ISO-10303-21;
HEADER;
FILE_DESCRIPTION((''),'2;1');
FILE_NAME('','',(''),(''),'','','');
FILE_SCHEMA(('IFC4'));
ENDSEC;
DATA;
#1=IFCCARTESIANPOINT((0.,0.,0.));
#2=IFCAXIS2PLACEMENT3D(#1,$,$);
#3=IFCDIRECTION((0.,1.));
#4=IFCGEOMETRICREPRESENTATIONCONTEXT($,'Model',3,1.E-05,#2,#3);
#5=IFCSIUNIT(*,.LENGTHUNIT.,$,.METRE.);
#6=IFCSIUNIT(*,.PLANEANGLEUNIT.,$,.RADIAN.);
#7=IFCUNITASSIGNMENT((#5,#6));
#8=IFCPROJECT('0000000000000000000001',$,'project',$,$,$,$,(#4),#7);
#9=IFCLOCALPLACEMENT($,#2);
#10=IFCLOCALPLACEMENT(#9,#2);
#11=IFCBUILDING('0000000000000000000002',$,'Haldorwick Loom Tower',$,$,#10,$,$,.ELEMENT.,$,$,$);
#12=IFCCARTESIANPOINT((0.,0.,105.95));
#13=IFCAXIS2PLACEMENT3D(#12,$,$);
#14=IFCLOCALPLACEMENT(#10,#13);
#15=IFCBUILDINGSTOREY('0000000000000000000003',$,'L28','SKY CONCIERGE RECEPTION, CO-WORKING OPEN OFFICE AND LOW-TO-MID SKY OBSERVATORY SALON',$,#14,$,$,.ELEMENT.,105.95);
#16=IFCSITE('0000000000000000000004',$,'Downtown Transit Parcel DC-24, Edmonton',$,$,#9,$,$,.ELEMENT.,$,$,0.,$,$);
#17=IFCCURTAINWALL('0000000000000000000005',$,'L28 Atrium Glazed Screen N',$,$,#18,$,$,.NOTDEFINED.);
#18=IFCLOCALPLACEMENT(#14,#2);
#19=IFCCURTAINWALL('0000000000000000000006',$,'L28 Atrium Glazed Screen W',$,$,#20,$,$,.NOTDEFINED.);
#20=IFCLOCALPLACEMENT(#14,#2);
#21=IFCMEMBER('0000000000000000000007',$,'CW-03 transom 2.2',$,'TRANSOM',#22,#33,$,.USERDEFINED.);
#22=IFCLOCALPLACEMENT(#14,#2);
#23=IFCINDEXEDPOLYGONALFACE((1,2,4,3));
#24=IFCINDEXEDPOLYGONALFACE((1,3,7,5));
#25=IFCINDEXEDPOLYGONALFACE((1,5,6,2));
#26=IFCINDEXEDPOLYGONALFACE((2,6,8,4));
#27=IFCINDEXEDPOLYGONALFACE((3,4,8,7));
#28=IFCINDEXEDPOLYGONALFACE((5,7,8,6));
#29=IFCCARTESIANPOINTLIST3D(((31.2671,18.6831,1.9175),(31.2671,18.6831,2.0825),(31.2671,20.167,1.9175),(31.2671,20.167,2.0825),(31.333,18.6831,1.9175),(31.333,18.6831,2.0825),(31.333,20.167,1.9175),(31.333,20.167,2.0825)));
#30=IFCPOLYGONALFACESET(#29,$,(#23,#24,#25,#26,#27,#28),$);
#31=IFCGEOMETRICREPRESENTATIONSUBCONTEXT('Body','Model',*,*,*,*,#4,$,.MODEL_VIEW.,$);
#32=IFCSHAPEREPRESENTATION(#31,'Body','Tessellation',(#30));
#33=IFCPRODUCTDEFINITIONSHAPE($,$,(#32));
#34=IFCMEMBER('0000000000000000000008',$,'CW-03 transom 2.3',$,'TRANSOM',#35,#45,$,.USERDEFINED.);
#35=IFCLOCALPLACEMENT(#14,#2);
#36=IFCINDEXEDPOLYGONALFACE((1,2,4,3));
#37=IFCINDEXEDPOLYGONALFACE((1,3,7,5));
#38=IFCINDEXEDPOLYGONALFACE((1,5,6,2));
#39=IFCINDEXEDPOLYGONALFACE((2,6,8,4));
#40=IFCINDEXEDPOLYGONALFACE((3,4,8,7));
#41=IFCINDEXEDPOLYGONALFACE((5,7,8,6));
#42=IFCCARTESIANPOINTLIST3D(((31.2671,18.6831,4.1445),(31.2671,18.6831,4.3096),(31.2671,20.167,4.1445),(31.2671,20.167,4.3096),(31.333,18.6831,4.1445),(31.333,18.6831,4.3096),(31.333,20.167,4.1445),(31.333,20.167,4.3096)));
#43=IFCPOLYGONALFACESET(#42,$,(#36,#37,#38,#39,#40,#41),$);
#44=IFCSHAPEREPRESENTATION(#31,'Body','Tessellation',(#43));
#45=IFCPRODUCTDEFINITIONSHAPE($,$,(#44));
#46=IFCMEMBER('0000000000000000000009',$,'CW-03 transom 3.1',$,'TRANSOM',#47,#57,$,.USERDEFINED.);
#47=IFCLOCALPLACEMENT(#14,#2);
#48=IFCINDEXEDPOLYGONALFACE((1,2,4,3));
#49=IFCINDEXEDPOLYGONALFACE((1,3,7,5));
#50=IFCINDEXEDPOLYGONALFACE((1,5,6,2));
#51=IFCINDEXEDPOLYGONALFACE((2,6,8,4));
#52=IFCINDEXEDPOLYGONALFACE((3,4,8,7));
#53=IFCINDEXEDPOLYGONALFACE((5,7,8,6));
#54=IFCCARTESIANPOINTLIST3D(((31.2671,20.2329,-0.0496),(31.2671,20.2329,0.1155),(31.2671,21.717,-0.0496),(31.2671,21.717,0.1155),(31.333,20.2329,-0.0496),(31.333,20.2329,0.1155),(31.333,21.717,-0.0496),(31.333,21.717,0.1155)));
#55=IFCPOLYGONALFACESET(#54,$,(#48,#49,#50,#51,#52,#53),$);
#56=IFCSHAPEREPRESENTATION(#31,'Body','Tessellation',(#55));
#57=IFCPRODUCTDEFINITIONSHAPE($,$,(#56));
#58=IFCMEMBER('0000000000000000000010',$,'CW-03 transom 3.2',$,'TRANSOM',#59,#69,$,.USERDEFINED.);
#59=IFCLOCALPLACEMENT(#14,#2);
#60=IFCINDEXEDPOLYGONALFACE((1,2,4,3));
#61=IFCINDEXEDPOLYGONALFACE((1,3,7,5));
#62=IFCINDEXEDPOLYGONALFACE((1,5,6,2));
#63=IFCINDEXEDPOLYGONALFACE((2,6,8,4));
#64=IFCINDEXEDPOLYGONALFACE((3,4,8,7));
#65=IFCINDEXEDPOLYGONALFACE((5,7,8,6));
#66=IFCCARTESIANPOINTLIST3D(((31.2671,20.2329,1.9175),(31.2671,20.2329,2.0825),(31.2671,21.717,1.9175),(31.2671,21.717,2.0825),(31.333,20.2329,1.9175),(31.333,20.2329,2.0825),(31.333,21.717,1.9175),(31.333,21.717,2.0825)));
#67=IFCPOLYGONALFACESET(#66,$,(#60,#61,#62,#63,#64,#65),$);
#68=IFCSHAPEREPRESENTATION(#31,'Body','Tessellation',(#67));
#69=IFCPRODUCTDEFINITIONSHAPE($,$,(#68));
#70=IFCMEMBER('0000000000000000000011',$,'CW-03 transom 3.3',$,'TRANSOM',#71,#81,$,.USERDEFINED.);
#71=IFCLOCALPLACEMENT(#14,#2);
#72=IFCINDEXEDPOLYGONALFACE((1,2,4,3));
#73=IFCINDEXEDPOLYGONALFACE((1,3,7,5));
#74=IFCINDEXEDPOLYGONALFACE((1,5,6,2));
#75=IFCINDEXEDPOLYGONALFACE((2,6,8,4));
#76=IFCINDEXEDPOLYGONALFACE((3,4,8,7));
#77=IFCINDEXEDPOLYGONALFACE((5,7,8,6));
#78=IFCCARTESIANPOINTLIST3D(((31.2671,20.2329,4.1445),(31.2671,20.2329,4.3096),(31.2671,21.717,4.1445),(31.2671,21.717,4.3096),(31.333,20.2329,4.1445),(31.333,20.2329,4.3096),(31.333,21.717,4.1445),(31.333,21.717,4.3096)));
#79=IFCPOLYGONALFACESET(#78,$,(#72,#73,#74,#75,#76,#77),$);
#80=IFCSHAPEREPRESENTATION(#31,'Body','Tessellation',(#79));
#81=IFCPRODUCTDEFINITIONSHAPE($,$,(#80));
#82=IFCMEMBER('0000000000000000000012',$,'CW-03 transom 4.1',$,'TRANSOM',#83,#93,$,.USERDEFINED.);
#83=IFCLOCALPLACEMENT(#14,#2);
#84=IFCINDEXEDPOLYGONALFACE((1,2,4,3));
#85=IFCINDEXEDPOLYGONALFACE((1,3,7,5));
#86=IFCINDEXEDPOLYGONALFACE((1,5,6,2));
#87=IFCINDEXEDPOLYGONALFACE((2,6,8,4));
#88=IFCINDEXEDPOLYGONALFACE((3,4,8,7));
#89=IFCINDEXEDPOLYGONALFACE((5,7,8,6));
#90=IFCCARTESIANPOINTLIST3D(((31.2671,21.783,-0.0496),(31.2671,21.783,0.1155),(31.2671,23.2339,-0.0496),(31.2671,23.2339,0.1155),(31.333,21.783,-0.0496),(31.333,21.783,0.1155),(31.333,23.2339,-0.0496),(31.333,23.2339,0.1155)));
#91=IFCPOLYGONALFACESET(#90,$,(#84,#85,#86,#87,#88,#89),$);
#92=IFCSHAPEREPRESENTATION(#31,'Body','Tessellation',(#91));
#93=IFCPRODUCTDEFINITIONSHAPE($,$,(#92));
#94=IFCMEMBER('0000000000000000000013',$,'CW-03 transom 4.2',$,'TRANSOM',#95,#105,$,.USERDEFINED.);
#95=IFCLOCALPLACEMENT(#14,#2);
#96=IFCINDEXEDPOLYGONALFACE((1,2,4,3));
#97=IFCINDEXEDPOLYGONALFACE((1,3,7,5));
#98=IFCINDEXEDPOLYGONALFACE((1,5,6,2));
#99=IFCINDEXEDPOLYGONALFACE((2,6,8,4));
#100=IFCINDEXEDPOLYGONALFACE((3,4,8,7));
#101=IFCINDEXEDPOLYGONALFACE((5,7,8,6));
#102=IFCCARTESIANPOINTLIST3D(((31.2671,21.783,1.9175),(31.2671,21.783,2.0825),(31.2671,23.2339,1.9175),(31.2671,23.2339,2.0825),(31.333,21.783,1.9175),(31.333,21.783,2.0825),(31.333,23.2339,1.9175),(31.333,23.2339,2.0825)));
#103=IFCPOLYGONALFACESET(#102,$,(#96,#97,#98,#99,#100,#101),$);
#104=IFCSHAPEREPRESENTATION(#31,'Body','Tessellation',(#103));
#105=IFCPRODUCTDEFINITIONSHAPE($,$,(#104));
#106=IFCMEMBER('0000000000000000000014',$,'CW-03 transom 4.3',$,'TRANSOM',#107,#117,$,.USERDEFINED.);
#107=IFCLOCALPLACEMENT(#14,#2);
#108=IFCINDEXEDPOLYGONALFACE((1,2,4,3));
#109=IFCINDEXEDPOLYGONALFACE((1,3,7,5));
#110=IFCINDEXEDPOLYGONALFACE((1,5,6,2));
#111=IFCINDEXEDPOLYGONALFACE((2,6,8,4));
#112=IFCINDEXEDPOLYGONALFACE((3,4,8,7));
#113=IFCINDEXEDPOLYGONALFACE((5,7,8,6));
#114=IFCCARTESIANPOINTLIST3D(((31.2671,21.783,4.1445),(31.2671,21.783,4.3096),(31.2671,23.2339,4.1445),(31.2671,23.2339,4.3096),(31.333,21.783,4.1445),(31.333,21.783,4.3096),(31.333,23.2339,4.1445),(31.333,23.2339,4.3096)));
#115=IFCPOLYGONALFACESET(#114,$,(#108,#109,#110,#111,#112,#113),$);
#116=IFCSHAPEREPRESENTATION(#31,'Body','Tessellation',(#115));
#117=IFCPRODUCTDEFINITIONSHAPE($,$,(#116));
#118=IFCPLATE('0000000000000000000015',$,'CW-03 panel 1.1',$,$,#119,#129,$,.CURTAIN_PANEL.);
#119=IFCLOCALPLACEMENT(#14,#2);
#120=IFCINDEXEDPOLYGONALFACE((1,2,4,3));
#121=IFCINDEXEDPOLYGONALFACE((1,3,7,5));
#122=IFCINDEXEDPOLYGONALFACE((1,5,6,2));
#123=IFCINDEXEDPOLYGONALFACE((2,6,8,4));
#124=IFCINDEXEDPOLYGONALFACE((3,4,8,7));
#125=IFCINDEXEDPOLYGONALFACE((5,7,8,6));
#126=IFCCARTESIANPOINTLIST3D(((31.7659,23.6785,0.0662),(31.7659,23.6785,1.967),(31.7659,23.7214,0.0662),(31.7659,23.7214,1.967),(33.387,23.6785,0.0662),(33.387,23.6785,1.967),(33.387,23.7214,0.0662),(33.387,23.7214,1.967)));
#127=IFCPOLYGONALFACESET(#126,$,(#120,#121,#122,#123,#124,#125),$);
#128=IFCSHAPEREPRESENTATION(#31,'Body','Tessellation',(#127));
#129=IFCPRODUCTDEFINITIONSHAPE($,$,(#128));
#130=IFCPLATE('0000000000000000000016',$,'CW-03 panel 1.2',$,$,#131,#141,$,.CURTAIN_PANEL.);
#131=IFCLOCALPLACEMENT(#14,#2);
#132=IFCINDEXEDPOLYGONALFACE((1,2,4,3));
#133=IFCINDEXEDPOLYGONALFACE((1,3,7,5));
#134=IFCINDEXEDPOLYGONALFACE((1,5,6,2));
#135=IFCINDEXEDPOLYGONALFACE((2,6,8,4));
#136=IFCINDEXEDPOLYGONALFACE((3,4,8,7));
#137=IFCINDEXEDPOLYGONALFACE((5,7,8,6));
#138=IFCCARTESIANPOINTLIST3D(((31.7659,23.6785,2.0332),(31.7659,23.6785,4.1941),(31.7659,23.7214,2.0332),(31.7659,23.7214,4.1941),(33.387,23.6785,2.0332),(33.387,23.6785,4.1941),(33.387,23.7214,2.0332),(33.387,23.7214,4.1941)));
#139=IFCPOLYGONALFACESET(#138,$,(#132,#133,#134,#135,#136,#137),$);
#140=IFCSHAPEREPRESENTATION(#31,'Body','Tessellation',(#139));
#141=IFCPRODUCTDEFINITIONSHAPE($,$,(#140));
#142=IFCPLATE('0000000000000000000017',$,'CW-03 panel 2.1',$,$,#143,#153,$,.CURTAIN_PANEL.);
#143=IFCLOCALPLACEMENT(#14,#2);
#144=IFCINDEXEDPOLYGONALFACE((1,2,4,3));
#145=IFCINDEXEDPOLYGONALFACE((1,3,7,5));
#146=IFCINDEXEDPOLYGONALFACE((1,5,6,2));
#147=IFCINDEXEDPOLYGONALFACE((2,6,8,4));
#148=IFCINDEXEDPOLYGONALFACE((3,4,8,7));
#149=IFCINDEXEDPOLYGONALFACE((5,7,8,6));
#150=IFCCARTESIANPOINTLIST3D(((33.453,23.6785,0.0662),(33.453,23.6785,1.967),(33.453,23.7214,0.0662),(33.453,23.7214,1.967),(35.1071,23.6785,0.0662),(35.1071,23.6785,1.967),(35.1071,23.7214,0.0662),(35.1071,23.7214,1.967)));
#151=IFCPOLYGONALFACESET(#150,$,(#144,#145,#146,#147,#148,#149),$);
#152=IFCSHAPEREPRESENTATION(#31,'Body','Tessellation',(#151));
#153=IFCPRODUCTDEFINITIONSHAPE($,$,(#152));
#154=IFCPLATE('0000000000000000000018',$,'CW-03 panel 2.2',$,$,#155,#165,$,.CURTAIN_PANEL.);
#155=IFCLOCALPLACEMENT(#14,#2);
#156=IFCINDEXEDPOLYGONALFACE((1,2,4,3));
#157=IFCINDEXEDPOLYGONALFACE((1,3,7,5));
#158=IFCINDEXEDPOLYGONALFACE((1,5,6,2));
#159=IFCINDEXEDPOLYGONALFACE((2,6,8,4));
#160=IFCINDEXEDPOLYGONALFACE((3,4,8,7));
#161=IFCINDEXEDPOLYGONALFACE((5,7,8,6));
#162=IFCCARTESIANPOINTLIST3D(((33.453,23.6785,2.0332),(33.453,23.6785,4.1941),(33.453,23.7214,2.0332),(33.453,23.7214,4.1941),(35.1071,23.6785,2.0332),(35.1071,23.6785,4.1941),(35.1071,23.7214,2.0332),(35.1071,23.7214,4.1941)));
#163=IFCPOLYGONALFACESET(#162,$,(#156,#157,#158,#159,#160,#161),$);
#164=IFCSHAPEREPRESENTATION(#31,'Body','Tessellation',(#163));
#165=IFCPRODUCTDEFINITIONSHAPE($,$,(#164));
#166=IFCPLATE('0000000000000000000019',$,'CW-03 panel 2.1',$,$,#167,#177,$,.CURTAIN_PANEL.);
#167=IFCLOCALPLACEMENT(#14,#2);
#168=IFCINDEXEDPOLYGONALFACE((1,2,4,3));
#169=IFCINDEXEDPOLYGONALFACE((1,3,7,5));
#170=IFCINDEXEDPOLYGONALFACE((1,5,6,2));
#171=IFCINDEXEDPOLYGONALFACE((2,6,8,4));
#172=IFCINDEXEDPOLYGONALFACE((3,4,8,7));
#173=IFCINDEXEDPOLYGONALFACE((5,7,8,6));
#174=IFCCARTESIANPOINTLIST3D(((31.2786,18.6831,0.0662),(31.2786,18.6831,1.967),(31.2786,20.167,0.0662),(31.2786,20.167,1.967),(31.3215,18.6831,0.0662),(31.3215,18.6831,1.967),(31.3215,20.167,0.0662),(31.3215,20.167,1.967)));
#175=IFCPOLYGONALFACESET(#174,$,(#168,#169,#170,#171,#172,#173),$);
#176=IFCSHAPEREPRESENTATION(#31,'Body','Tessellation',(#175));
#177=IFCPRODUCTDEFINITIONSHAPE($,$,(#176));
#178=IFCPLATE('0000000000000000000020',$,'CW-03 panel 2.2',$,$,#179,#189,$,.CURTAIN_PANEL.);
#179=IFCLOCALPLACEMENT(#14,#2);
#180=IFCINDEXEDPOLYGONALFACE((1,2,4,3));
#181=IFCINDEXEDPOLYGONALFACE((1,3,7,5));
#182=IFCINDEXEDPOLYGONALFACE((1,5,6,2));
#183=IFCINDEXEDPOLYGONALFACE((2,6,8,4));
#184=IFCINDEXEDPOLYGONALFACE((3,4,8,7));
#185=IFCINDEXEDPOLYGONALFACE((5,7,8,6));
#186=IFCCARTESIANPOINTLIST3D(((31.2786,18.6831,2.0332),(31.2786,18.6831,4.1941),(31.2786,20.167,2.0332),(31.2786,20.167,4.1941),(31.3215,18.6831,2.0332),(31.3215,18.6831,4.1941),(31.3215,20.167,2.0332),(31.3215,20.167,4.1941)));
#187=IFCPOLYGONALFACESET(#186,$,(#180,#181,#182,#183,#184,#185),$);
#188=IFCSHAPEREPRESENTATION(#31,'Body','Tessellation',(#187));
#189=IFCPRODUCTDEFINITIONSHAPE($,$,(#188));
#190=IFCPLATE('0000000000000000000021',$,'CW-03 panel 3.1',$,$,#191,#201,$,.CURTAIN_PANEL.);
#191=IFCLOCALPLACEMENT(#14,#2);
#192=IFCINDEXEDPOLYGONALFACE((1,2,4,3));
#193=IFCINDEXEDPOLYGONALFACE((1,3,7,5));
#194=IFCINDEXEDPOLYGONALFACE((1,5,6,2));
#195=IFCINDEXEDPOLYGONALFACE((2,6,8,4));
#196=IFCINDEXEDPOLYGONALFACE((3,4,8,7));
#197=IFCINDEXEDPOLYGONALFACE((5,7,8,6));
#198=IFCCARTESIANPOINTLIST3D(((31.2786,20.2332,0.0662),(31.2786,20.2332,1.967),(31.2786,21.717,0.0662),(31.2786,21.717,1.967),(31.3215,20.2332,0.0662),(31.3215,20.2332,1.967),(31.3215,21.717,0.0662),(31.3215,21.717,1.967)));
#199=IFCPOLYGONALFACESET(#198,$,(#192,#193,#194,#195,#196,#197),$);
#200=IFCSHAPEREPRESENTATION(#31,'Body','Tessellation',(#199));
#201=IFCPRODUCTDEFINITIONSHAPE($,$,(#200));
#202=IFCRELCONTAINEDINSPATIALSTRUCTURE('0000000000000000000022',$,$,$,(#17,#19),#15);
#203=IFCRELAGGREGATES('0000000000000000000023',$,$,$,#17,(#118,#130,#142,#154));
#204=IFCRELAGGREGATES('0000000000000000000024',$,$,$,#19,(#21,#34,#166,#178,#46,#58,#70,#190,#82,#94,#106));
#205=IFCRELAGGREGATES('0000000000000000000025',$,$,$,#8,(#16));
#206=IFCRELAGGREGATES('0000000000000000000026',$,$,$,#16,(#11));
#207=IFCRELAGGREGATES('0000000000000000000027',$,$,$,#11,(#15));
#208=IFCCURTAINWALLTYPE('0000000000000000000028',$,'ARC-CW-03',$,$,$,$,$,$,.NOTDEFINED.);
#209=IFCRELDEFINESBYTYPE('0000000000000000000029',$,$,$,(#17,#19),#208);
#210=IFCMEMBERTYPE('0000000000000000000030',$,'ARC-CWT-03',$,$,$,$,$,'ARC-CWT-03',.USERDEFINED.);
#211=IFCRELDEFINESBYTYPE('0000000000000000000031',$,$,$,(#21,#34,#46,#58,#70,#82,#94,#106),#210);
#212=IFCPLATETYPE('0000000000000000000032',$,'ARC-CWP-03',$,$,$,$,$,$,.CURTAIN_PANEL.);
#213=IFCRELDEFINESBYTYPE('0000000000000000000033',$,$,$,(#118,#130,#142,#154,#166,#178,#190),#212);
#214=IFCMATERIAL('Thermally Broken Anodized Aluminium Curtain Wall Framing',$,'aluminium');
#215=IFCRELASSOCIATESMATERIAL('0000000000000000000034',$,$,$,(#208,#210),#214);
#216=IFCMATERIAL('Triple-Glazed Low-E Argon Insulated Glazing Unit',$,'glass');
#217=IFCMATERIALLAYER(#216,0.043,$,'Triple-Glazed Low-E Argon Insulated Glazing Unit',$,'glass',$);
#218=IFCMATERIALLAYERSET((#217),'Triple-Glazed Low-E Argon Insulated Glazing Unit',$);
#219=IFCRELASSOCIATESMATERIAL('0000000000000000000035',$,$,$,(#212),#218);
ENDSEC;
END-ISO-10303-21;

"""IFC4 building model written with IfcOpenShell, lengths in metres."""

from ifc_helpers import new_model, si_unit, direction, frame, origin, origin_2d, place, context, subcontext, project, spatial, rectangle, extrude, material, layer, layer_set, material_profile, profile_set, type_object, element, aggregate, save


model = new_model("IFC4")

# Units and contexts
model_context = context("Model", 3, precision=1e-05, world=origin(), true_north=direction((0.0, 1.0)))
body_context = subcontext(model_context, "Body", "Model", "MODEL_VIEW")
ifc_project = project(units=[si_unit("LENGTHUNIT", "METRE"), si_unit("PLANEANGLEUNIT", "RADIAN")], contexts=[model_context])

# Site, building, storey
site_placement = place(None, origin())
site = spatial("IfcSite", under=ifc_project, at=site_placement, Name="Downtown Transit Parcel DC-24, Edmonton", CompositionType="ELEMENT", RefElevation=0.0)
building_placement = place(site_placement, origin())
building = spatial("IfcBuilding", under=site, at=building_placement, Name="Haldorwick Loom Tower", CompositionType="ELEMENT")
storey_placement = place(building_placement, frame((0.0, 0.0, 105.95)))
storey = spatial("IfcBuildingStorey", under=building, at=storey_placement, Name="L28", Description="SKY CONCIERGE RECEPTION, CO-WORKING OPEN OFFICE AND LOW-TO-MID SKY OBSERVATORY SALON", CompositionType="ELEMENT", Elevation=105.95)

# Shared definitions
ifc_material_1 = material(Name="Thermally Broken Anodized Aluminium Curtain Wall Framing", Category="aluminium")
curtain_wall_type = type_object("IfcCurtainWallType", Name="ARC-CW-03", PredefinedType="NOTDEFINED", material=ifc_material_1)

# Curtain walls
curtain_wall_1_placement = place(storey_placement, origin())
curtain_wall_1 = element("IfcCurtainWall", 1, at=curtain_wall_1_placement, inside=storey, type_object=curtain_wall_type, Name="L28 Atrium Glazed Screen N", PredefinedType="NOTDEFINED")
curtain_wall_2_placement = place(storey_placement, origin())
curtain_wall_2 = element("IfcCurtainWall", 2, at=curtain_wall_2_placement, inside=storey, type_object=curtain_wall_type, Name="L28 Atrium Glazed Screen W", PredefinedType="NOTDEFINED")

# Members
ifc_material_profile_1 = material_profile(ifc_material_1, rectangle(XDim=0.0659, YDim=0.165, at=origin_2d()), Name="ALU_TRN_66X165", Category="aluminium")
ifc_profile_set_1 = profile_set([ifc_material_profile_1], Name="Thermally Broken Anodized Aluminium Curtain Wall Framing")
member_type_1 = type_object("IfcMemberType", Name="ARC-CWT-03", ElementType="ARC-CWT-03", PredefinedType="USERDEFINED", material=ifc_profile_set_1)
member_1_placement = place(storey_placement, frame((31.3, 18.6831, 2.0), z_axis=(0.0, 1.0, 0.0), x_axis=(-1.0, 0.0, 0.0)))
member_1 = element("IfcMember", 3, at=member_1_placement, type_object=member_type_1, Name="CW-03 transom 2.2", ObjectType="TRANSOM", PredefinedType="USERDEFINED", context=body_context, shape_type="SweptSolid", body=[
    extrude(rectangle(XDim=0.0659, YDim=0.165, at=origin_2d()), origin(), (0.0, 0.0, 1.0), 1.4839),
])
member_2_placement = place(storey_placement, frame((31.3, 18.6831, 4.2271), z_axis=(0.0, 1.0, 0.0), x_axis=(-1.0, 0.0, 0.0)))
member_2 = element("IfcMember", 4, at=member_2_placement, type_object=member_type_1, Name="CW-03 transom 2.3", ObjectType="TRANSOM", PredefinedType="USERDEFINED", context=body_context, shape_type="SweptSolid", body=[
    extrude(rectangle(XDim=0.0659, YDim=0.165, at=origin_2d()), origin(), (0.0, 0.0, 1.0), 1.4839),
])
member_3_placement = place(storey_placement, frame((31.3, 20.2329, 0.033), z_axis=(0.0, 1.0, 0.0), x_axis=(-1.0, 0.0, 0.0)))
member_3 = element("IfcMember", 5, at=member_3_placement, type_object=member_type_1, Name="CW-03 transom 3.1", ObjectType="TRANSOM", PredefinedType="USERDEFINED", context=body_context, shape_type="SweptSolid", body=[
    extrude(rectangle(XDim=0.0659, YDim=0.165, at=origin_2d()), origin(), (0.0, 0.0, 1.0), 1.4841),
])
member_4_placement = place(storey_placement, frame((31.3, 20.2329, 2.0), z_axis=(0.0, 1.0, 0.0), x_axis=(-1.0, 0.0, 0.0)))
member_4 = element("IfcMember", 6, at=member_4_placement, type_object=member_type_1, Name="CW-03 transom 3.2", ObjectType="TRANSOM", PredefinedType="USERDEFINED", context=body_context, shape_type="SweptSolid", body=[
    extrude(rectangle(XDim=0.0659, YDim=0.165, at=origin_2d()), origin(), (0.0, 0.0, 1.0), 1.4841),
])
member_5_placement = place(storey_placement, frame((31.3, 20.2329, 4.2271), z_axis=(0.0, 1.0, 0.0), x_axis=(-1.0, 0.0, 0.0)))
member_5 = element("IfcMember", 7, at=member_5_placement, type_object=member_type_1, Name="CW-03 transom 3.3", ObjectType="TRANSOM", PredefinedType="USERDEFINED", context=body_context, shape_type="SweptSolid", body=[
    extrude(rectangle(XDim=0.0659, YDim=0.165, at=origin_2d()), origin(), (0.0, 0.0, 1.0), 1.4841),
])
member_6_placement = place(storey_placement, frame((31.3, 21.783, 0.033), z_axis=(0.0, 1.0, 0.0), x_axis=(-1.0, 0.0, 0.0)))
member_6 = element("IfcMember", 8, at=member_6_placement, type_object=member_type_1, Name="CW-03 transom 4.1", ObjectType="TRANSOM", PredefinedType="USERDEFINED", context=body_context, shape_type="SweptSolid", body=[
    extrude(rectangle(XDim=0.0659, YDim=0.165, at=origin_2d()), origin(), (0.0, 0.0, 1.0), 1.4509),
])
member_7_placement = place(storey_placement, frame((31.3, 21.783, 2.0), z_axis=(0.0, 1.0, 0.0), x_axis=(-1.0, 0.0, 0.0)))
member_7 = element("IfcMember", 9, at=member_7_placement, type_object=member_type_1, Name="CW-03 transom 4.2", ObjectType="TRANSOM", PredefinedType="USERDEFINED", context=body_context, shape_type="SweptSolid", body=[
    extrude(rectangle(XDim=0.0659, YDim=0.165, at=origin_2d()), origin(), (0.0, 0.0, 1.0), 1.4509),
])
member_8_placement = place(storey_placement, frame((31.3, 21.783, 4.2271), z_axis=(0.0, 1.0, 0.0), x_axis=(-1.0, 0.0, 0.0)))
member_8 = element("IfcMember", 10, at=member_8_placement, type_object=member_type_1, Name="CW-03 transom 4.3", ObjectType="TRANSOM", PredefinedType="USERDEFINED", context=body_context, shape_type="SweptSolid", body=[
    extrude(rectangle(XDim=0.0659, YDim=0.165, at=origin_2d()), origin(), (0.0, 0.0, 1.0), 1.4509),
])

# Plates
ifc_material_2 = material(Name="Triple-Glazed Low-E Argon Insulated Glazing Unit", Category="glass")
ifc_layer_1 = layer(ifc_material_2, 0.043, Name="Triple-Glazed Low-E Argon Insulated Glazing Unit", Category="glass")
ifc_layer_set_1 = layer_set([ifc_layer_1], Name="Triple-Glazed Low-E Argon Insulated Glazing Unit")
plate_type = type_object("IfcPlateType", Name="ARC-CWP-03", PredefinedType="CURTAIN_PANEL", material=ifc_layer_set_1)
plate_1_placement = place(storey_placement, frame((32.5764, 23.7, 0.0662), z_axis=(0.0, 0.0, 1.0), x_axis=(1.0, 0.0, 0.0)))
plate_1 = element("IfcPlate", 11, at=plate_1_placement, type_object=plate_type, Name="CW-03 panel 1.1", PredefinedType="CURTAIN_PANEL", context=body_context, shape_type="SweptSolid", body=[
    extrude(rectangle(XDim=1.6211, YDim=0.043, at=origin_2d()), origin(), (0.0, 0.0, 1.0), 1.9009),
])
plate_2_placement = place(storey_placement, frame((32.5764, 23.7, 2.0332), z_axis=(0.0, 0.0, 1.0), x_axis=(1.0, 0.0, 0.0)))
plate_2 = element("IfcPlate", 12, at=plate_2_placement, type_object=plate_type, Name="CW-03 panel 1.2", PredefinedType="CURTAIN_PANEL", context=body_context, shape_type="SweptSolid", body=[
    extrude(rectangle(XDim=1.6211, YDim=0.043, at=origin_2d()), origin(), (0.0, 0.0, 1.0), 2.1609),
])
plate_3_placement = place(storey_placement, frame((34.28, 23.7, 0.0662), z_axis=(0.0, 0.0, 1.0), x_axis=(1.0, 0.0, 0.0)))
plate_3 = element("IfcPlate", 13, at=plate_3_placement, type_object=plate_type, Name="CW-03 panel 2.1", PredefinedType="CURTAIN_PANEL", context=body_context, shape_type="SweptSolid", body=[
    extrude(rectangle(XDim=1.6541, YDim=0.043, at=origin_2d()), origin(), (0.0, 0.0, 1.0), 1.9009),
])
plate_4_placement = place(storey_placement, frame((34.28, 23.7, 2.0332), z_axis=(0.0, 0.0, 1.0), x_axis=(1.0, 0.0, 0.0)))
plate_4 = element("IfcPlate", 14, at=plate_4_placement, type_object=plate_type, Name="CW-03 panel 2.2", PredefinedType="CURTAIN_PANEL", context=body_context, shape_type="SweptSolid", body=[
    extrude(rectangle(XDim=1.6541, YDim=0.043, at=origin_2d()), origin(), (0.0, 0.0, 1.0), 2.1609),
])
aggregate(curtain_wall_1, [plate_1, plate_2, plate_3, plate_4])
plate_5_placement = place(storey_placement, frame((31.3, 19.425, 0.0662), z_axis=(0.0, 0.0, 1.0), x_axis=(0.0, 1.0, 0.0)))
plate_5 = element("IfcPlate", 15, at=plate_5_placement, type_object=plate_type, Name="CW-03 panel 2.1", PredefinedType="CURTAIN_PANEL", context=body_context, shape_type="SweptSolid", body=[
    extrude(rectangle(XDim=1.4839, YDim=0.043, at=origin_2d()), origin(), (0.0, 0.0, 1.0), 1.9009),
])
plate_6_placement = place(storey_placement, frame((31.3, 19.425, 2.0332), z_axis=(0.0, 0.0, 1.0), x_axis=(0.0, 1.0, 0.0)))
plate_6 = element("IfcPlate", 16, at=plate_6_placement, type_object=plate_type, Name="CW-03 panel 2.2", PredefinedType="CURTAIN_PANEL", context=body_context, shape_type="SweptSolid", body=[
    extrude(rectangle(XDim=1.4839, YDim=0.043, at=origin_2d()), origin(), (0.0, 0.0, 1.0), 2.1609),
])
plate_7_placement = place(storey_placement, frame((31.3, 20.9751, 0.0662), z_axis=(0.0, 0.0, 1.0), x_axis=(0.0, 1.0, 0.0)))
plate_7 = element("IfcPlate", 17, at=plate_7_placement, type_object=plate_type, Name="CW-03 panel 3.1", PredefinedType="CURTAIN_PANEL", context=body_context, shape_type="SweptSolid", body=[
    extrude(rectangle(XDim=1.4839, YDim=0.043, at=origin_2d()), origin(), (0.0, 0.0, 1.0), 1.9009),
])
aggregate(curtain_wall_2, [member_1, member_2, plate_5, plate_6, member_3, member_4, member_5, plate_7, member_6, member_7, member_8])

save(model, "model.ifc")
